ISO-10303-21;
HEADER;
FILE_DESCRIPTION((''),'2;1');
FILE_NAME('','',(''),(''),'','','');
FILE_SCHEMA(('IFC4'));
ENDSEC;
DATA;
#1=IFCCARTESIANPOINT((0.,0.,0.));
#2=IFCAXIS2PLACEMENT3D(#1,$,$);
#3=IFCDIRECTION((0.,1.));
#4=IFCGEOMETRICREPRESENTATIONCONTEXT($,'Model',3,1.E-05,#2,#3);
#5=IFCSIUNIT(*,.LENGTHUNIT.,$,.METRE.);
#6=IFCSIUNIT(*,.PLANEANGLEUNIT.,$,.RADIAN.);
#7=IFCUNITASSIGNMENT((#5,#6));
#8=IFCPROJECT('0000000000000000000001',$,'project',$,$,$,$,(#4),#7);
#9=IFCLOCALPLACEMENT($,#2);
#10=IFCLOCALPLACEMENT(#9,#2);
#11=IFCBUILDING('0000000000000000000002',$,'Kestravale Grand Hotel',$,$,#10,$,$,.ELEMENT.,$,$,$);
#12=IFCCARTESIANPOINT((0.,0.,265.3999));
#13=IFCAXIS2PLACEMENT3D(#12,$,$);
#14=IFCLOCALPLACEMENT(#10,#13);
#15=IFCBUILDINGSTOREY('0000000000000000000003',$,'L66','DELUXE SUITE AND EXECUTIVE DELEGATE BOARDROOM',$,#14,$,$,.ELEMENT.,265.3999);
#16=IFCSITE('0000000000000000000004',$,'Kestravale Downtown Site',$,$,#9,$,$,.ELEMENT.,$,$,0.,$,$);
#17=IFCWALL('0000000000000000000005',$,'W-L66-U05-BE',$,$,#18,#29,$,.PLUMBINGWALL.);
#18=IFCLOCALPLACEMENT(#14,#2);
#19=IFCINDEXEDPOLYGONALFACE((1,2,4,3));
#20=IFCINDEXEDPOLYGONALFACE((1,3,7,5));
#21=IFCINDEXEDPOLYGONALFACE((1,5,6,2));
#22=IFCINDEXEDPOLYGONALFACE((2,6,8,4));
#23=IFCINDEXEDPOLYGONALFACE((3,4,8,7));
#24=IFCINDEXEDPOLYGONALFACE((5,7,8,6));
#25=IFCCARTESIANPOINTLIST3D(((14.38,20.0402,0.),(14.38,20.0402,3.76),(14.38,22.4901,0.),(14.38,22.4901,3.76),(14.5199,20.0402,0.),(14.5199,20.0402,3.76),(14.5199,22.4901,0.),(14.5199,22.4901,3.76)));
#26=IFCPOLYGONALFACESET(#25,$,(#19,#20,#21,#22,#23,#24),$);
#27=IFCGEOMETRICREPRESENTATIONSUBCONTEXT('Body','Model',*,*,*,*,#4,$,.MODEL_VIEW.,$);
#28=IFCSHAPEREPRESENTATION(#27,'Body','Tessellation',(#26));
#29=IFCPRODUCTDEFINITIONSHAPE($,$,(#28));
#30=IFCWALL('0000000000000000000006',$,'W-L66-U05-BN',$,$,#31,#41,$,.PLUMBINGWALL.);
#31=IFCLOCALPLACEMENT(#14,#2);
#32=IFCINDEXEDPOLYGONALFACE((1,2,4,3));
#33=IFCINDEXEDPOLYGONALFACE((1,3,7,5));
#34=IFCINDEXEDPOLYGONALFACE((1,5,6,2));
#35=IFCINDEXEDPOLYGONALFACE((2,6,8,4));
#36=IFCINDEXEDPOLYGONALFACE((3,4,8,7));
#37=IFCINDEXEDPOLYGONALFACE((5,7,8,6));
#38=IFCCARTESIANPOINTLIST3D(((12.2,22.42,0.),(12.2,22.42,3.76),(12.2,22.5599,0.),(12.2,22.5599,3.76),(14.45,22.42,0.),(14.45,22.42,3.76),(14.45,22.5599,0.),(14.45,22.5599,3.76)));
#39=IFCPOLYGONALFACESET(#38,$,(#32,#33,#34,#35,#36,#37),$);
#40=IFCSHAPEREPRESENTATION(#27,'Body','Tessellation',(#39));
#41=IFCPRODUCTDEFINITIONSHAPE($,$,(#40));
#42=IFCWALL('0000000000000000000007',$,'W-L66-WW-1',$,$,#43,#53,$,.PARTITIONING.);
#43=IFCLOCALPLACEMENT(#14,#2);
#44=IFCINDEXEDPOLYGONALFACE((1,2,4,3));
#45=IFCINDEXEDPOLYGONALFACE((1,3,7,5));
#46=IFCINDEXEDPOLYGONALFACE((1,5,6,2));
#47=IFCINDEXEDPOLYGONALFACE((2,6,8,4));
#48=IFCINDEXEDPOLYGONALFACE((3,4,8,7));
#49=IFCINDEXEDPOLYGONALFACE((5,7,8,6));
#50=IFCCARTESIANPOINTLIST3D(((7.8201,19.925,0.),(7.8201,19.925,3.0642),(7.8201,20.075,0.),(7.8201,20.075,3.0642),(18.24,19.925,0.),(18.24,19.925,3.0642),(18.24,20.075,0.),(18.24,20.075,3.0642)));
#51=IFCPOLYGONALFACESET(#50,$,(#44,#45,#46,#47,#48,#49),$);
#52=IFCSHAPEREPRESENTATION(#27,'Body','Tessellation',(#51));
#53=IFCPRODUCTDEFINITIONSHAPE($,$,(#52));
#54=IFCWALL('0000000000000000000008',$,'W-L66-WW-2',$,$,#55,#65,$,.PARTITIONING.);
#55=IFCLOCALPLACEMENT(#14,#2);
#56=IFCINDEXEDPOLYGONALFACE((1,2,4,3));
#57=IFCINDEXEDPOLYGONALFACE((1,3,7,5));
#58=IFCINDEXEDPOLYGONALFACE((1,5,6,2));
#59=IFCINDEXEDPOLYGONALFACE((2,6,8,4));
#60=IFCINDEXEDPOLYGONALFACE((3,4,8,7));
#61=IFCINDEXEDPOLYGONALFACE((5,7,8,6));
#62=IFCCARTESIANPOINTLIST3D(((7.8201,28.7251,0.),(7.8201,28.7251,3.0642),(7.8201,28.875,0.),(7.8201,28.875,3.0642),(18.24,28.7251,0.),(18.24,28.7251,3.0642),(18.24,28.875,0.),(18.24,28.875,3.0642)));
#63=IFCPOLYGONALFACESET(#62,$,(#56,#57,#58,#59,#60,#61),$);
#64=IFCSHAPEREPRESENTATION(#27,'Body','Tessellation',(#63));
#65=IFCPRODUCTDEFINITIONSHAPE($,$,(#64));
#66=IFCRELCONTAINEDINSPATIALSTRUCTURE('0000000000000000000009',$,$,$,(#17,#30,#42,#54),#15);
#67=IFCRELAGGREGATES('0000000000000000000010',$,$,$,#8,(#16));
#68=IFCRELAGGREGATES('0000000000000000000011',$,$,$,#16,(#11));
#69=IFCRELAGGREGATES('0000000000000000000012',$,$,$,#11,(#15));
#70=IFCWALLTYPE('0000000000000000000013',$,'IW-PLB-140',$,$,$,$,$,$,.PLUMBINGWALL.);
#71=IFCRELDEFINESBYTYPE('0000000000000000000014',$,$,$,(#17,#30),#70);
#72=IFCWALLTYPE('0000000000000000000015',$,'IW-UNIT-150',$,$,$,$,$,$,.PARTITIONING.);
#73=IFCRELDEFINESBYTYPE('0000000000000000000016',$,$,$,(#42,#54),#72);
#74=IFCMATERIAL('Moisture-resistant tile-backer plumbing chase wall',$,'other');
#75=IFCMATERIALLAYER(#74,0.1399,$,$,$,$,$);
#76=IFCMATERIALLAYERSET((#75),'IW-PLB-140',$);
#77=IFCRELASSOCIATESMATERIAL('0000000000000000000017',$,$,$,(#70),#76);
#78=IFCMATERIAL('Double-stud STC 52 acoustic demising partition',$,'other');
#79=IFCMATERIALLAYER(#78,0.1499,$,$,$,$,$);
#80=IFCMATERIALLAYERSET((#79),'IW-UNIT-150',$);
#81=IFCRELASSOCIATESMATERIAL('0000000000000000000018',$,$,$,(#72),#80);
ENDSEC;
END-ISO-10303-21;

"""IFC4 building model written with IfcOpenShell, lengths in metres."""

from ifc_helpers import new_model, si_unit, direction, frame, frame_2d, origin, place, context, subcontext, project, spatial, rectangle, extrude, material, layer, layer_set, type_object, element, save


model = new_model("IFC4")

# Units and contexts
model_context = context("Model", 3, precision=1e-05, world=origin(), true_north=direction((0.0, 1.0)))
body_context = subcontext(model_context, "Body", "Model", "MODEL_VIEW")
ifc_project = project(units=[si_unit("LENGTHUNIT", "METRE"), si_unit("PLANEANGLEUNIT", "RADIAN")], contexts=[model_context])

# Site, building, storey
site_placement = place(None, origin())
site = spatial("IfcSite", under=ifc_project, at=site_placement, Name="Kestravale Downtown Site", CompositionType="ELEMENT", RefElevation=0.0)
building_placement = place(site_placement, origin())
building = spatial("IfcBuilding", under=site, at=building_placement, Name="Kestravale Grand Hotel", CompositionType="ELEMENT")
storey_placement = place(building_placement, frame((0.0, 0.0, 265.3999)))
storey = spatial("IfcBuildingStorey", under=building, at=storey_placement, Name="L66", Description="DELUXE SUITE AND EXECUTIVE DELEGATE BOARDROOM", CompositionType="ELEMENT", Elevation=265.3999)

# Shared definitions
ifc_material_1 = material(Name="Moisture-resistant tile-backer plumbing chase wall", Category="other")
ifc_layer_1 = layer(ifc_material_1, 0.1399)
ifc_layer_set_1 = layer_set([ifc_layer_1], Name="IW-PLB-140")
wall_type_1 = type_object("IfcWallType", Name="IW-PLB-140", PredefinedType="PLUMBINGWALL", material=ifc_layer_set_1)

# Walls
wall_1_placement = place(storey_placement, frame((14.45, 20.04, 0.0), z_axis=(0.0, 0.0, 1.0), x_axis=(0.0, 1.0, 0.0)))
element("IfcWall", 1, at=wall_1_placement, inside=storey, type_object=wall_type_1, Name="W-L66-U05-BE", PredefinedType="PLUMBINGWALL", context=body_context, shape_type="SweptSolid", body=[
    extrude(rectangle(XDim=2.45, YDim=0.1399, at=frame_2d((1.2251, 0.0))), origin(), (0.0, 0.0, 1.0), 3.76),
])
wall_2_placement = place(storey_placement, frame((12.2, 22.49, 0.0), z_axis=(0.0, 0.0, 1.0), x_axis=(1.0, 0.0, 0.0)))
element("IfcWall", 2, at=wall_2_placement, inside=storey, type_object=wall_type_1, Name="W-L66-U05-BN", PredefinedType="PLUMBINGWALL", context=body_context, shape_type="SweptSolid", body=[
    extrude(rectangle(XDim=2.25, YDim=0.1399, at=frame_2d((1.125, 0.0))), origin(), (0.0, 0.0, 1.0), 3.76),
])
ifc_material_2 = material(Name="Double-stud STC 52 acoustic demising partition", Category="other")
ifc_layer_2 = layer(ifc_material_2, 0.1499)
ifc_layer_set_2 = layer_set([ifc_layer_2], Name="IW-UNIT-150")
wall_type_2 = type_object("IfcWallType", Name="IW-UNIT-150", PredefinedType="PARTITIONING", material=ifc_layer_set_2)
for number, where, z_axis, x_axis, name in (
    (3, (7.8201, 20.0, 0.0), (0.0, 0.0, 1.0), (1.0, 0.0, 0.0), "W-L66-WW-1"),
    (4, (7.8201, 28.8, 0.0), (0.0, 0.0, 1.0), (1.0, 0.0, 0.0), "W-L66-WW-2"),
):
    element("IfcWall", number, at=place(storey_placement, frame(where, z_axis=z_axis, x_axis=x_axis)), inside=storey, type_object=wall_type_2, Name=name, PredefinedType="PARTITIONING", context=body_context, shape_type="SweptSolid", body=[
        extrude(rectangle(XDim=10.4199, YDim=0.1499, at=frame_2d((5.21, 0.0))), origin(), (0.0, 0.0, 1.0), 3.0642),
    ])

save(model, "model.ifc")
